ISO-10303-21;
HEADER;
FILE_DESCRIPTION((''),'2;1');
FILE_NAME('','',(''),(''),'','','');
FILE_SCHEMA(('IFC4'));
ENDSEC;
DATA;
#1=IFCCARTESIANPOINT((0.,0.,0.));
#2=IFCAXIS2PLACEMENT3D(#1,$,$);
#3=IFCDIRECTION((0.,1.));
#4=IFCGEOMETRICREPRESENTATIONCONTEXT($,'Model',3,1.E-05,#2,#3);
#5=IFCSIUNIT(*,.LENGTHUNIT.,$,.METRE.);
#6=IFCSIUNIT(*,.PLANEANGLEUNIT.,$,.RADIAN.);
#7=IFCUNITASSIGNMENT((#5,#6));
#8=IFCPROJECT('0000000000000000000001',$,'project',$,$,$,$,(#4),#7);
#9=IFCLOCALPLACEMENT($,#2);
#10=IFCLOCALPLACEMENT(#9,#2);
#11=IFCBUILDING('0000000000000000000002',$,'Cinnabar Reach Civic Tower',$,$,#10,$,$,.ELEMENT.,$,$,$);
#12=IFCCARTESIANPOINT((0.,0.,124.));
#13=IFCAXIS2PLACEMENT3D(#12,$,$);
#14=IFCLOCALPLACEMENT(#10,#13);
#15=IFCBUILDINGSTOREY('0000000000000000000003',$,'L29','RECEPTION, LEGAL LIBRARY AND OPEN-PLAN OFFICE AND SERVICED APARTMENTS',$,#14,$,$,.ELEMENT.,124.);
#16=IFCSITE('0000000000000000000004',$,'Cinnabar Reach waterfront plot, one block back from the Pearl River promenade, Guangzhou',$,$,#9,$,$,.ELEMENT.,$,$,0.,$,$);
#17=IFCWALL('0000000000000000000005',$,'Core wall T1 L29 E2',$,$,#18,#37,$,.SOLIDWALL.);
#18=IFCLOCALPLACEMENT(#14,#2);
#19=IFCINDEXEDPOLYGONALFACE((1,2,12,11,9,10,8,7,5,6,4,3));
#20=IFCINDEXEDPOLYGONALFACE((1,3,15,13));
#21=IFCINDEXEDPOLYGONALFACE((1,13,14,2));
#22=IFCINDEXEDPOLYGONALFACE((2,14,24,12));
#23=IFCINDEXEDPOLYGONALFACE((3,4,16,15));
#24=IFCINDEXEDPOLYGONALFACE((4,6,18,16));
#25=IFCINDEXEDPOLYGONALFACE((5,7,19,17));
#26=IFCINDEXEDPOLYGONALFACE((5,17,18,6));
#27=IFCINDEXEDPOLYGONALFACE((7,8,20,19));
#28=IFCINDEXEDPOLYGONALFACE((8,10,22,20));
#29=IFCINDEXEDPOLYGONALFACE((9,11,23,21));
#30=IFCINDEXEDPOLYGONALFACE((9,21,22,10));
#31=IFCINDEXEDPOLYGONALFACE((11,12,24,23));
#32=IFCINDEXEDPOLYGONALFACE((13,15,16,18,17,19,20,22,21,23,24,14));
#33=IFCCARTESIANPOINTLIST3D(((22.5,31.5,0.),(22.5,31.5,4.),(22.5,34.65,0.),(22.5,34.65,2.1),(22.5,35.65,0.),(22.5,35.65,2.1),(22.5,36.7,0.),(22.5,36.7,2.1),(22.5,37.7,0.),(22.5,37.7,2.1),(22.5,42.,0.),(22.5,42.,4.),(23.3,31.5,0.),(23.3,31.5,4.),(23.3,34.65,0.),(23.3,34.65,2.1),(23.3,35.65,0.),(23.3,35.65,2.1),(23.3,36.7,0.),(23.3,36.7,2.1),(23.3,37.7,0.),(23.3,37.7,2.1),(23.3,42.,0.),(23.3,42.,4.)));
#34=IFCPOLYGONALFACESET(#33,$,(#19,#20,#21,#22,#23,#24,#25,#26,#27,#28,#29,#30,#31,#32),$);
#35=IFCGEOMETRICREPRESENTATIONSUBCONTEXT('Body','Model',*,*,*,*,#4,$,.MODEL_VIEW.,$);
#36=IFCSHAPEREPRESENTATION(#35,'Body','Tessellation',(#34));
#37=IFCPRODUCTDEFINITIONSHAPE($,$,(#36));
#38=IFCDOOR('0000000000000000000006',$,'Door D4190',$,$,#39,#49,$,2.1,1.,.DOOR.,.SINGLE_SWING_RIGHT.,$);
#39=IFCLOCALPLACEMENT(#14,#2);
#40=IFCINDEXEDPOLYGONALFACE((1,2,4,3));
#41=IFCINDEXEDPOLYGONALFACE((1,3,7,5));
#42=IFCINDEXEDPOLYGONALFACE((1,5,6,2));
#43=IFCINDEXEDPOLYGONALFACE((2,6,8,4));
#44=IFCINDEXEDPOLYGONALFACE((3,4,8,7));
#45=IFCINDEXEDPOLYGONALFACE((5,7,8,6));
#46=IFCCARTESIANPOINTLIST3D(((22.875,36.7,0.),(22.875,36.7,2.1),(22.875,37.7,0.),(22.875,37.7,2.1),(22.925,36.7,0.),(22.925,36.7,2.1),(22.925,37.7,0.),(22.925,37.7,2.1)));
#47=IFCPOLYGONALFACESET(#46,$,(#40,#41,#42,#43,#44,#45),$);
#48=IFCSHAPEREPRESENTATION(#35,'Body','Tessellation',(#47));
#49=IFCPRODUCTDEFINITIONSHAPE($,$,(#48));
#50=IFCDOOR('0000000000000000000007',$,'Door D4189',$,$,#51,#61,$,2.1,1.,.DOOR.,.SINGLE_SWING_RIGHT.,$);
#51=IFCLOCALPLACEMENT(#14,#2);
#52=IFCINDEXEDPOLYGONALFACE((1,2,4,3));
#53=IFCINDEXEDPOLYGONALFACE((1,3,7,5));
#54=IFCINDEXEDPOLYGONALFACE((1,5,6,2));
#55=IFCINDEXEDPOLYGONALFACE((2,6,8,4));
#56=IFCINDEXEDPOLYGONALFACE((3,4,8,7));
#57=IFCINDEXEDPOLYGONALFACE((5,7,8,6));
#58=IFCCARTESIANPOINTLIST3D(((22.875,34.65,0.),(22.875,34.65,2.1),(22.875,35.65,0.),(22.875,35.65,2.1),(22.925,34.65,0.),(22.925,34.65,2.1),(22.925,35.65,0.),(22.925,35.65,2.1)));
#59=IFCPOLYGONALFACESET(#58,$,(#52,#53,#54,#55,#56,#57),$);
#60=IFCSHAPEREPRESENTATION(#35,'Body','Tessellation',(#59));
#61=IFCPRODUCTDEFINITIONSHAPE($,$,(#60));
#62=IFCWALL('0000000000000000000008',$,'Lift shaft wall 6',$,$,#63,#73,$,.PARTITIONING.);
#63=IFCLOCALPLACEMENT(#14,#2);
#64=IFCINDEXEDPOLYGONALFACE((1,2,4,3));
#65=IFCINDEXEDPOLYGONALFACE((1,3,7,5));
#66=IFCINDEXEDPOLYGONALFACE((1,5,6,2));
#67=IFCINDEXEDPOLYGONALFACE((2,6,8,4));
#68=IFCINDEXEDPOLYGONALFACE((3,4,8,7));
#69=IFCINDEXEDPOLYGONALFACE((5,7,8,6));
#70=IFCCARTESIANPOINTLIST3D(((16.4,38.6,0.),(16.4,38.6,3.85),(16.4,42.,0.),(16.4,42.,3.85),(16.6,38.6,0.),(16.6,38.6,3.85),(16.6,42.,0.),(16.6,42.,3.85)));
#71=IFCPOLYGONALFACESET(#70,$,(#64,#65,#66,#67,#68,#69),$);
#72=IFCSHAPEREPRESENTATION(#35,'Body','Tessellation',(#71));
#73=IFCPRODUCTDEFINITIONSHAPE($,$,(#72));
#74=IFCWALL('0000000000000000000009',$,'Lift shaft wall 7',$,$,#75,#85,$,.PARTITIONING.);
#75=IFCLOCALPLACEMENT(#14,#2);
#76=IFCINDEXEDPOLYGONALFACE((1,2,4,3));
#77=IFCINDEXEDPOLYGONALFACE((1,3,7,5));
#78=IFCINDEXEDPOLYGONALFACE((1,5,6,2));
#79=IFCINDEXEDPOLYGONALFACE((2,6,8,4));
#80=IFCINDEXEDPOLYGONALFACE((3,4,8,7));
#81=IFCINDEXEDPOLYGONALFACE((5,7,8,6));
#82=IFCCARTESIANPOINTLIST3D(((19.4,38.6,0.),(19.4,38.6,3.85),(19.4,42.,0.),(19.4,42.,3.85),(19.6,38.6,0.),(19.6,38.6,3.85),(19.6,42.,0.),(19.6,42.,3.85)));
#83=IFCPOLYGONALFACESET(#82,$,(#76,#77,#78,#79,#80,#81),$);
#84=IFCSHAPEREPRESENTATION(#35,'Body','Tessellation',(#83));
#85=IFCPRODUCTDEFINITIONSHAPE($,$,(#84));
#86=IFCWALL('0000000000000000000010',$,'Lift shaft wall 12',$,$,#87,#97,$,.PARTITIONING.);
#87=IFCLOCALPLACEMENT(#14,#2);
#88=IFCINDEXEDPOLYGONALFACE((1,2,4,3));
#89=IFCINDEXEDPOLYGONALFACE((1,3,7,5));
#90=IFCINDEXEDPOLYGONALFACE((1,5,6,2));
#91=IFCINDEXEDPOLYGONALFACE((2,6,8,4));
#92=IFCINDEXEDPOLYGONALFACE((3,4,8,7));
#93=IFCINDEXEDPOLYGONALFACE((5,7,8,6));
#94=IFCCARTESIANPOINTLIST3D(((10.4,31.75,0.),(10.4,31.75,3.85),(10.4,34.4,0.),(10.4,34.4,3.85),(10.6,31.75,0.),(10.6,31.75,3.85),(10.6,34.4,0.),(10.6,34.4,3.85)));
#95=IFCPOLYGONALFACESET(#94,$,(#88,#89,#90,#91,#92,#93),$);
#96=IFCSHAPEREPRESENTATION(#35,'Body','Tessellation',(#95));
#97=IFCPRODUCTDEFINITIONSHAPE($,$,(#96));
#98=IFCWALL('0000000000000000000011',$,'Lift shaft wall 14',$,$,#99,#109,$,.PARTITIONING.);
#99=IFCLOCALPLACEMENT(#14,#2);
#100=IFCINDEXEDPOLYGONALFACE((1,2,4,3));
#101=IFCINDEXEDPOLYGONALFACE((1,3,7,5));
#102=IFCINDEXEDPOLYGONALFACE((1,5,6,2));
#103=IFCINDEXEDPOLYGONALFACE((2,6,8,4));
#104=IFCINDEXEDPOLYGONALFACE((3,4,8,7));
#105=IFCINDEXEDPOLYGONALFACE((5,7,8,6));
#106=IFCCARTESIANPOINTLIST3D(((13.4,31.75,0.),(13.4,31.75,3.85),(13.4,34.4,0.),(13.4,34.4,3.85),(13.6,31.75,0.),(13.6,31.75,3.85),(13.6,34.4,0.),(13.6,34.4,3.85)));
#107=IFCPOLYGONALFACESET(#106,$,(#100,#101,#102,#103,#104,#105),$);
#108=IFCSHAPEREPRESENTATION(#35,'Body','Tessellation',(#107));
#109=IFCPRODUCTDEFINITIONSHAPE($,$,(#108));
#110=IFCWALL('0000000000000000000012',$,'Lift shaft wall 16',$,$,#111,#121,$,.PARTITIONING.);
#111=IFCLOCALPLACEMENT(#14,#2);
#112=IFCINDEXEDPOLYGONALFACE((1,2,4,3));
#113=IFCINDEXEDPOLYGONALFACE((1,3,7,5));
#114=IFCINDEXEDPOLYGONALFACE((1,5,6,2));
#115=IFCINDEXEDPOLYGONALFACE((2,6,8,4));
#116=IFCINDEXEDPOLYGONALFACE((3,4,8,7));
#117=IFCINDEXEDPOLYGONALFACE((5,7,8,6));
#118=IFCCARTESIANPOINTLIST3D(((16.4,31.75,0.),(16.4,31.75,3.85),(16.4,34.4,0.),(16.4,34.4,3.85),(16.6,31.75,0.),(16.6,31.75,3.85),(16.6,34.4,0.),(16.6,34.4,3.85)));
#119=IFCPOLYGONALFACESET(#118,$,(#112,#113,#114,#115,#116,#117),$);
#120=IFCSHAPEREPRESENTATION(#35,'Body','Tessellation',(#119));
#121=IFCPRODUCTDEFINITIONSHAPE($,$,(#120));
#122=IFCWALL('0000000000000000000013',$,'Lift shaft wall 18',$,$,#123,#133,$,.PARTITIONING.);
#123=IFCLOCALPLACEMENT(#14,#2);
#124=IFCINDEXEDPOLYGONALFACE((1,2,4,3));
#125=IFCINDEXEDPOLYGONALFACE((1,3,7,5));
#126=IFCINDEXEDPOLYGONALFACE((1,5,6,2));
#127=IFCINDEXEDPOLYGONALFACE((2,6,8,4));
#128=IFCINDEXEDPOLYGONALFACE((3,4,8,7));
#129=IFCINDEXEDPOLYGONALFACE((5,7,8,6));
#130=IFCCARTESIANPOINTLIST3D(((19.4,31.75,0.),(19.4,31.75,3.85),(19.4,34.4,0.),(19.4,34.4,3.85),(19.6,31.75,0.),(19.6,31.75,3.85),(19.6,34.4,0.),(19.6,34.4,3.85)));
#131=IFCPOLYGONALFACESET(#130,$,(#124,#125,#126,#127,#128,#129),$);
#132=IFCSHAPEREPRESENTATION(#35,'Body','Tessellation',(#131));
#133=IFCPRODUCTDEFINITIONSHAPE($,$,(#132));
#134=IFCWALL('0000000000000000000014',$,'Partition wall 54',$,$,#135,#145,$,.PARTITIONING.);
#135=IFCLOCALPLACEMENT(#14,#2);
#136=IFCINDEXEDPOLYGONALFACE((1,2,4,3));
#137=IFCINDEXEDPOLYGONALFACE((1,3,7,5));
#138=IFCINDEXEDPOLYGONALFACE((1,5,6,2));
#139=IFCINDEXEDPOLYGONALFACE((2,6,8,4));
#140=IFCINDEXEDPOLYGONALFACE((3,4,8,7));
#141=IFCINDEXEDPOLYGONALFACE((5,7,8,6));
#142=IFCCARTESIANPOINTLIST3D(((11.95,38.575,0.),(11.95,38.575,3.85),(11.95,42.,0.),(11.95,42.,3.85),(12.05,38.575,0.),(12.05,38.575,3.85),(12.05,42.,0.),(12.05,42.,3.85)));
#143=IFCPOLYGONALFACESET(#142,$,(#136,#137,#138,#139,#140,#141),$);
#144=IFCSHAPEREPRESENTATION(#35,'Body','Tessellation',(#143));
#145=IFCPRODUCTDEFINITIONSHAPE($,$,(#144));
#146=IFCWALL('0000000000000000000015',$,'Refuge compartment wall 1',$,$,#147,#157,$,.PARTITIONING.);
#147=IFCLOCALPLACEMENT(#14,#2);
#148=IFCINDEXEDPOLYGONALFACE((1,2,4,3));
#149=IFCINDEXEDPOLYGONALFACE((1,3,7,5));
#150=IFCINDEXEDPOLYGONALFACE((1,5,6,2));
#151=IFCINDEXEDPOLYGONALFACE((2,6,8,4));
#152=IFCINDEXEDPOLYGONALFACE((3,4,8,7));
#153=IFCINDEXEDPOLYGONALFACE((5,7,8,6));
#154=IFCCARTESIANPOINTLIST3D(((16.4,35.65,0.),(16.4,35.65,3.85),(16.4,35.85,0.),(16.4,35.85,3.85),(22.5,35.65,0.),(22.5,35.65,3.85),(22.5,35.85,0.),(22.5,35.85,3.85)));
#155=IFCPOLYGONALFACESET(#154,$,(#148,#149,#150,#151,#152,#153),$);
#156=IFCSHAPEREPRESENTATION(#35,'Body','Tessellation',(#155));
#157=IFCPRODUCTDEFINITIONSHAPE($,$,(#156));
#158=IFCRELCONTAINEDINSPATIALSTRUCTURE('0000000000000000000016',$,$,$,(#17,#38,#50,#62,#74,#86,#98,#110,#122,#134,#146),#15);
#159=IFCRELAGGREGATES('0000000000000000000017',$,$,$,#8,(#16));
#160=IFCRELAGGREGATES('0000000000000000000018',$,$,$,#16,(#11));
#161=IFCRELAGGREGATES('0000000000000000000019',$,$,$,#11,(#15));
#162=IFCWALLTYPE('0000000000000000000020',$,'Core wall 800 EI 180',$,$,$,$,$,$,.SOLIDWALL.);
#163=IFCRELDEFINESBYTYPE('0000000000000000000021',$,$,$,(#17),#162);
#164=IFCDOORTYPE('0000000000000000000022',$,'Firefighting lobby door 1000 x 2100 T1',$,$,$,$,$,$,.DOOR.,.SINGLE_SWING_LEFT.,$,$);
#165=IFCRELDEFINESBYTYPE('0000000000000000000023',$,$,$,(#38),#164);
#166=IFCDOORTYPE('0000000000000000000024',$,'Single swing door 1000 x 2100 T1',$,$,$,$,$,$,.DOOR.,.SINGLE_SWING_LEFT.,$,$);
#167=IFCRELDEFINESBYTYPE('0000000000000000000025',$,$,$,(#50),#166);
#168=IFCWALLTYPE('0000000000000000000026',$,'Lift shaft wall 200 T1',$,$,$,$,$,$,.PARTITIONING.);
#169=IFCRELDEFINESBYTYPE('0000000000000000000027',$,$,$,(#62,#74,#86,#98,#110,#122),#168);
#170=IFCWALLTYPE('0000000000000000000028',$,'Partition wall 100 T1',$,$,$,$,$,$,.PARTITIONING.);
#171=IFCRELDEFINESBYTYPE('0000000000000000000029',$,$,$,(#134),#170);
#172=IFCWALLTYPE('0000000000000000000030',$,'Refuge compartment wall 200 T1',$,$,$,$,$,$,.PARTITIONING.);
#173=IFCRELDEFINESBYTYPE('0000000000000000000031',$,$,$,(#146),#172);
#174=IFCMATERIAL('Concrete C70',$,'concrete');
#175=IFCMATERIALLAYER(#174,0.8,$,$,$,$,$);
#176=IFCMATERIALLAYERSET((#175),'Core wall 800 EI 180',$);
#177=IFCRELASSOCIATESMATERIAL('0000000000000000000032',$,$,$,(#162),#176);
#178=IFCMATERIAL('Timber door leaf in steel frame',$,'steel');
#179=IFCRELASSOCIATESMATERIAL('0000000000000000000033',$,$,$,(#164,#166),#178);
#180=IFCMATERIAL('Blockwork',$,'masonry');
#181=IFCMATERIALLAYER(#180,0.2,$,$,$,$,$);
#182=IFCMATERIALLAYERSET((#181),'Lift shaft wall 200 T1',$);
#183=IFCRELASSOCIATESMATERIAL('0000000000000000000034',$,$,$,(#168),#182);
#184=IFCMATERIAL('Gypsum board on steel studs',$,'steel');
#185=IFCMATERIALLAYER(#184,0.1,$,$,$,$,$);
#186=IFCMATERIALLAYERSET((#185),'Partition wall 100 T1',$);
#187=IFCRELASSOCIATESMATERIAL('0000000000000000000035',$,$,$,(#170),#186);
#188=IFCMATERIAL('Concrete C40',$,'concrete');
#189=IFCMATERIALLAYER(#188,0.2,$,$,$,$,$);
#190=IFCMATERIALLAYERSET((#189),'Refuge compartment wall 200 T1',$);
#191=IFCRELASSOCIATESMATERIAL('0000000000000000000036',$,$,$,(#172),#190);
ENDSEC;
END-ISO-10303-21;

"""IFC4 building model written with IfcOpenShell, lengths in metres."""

from ifc_helpers import new_model, si_unit, direction, frame, frame_2d, origin, place, context, subcontext, project, spatial, rectangle, extrude, material, layer, layer_set, type_object, element, fill, save


model = new_model("IFC4")

# Units and contexts
model_context = context("Model", 3, precision=1e-05, world=origin(), true_north=direction((0.0, 1.0)))
body_context = subcontext(model_context, "Body", "Model", "MODEL_VIEW")
ifc_project = project(units=[si_unit("LENGTHUNIT", "METRE"), si_unit("PLANEANGLEUNIT", "RADIAN")], contexts=[model_context])

# Site, building, storey
site_placement = place(None, origin())
site = spatial("IfcSite", under=ifc_project, at=site_placement, Name="Cinnabar Reach waterfront plot, one block back from the Pearl River promenade, Guangzhou", CompositionType="ELEMENT", RefElevation=0.0)
building_placement = place(site_placement, origin())
building = spatial("IfcBuilding", under=site, at=building_placement, Name="Cinnabar Reach Civic Tower", CompositionType="ELEMENT")
storey_placement = place(building_placement, frame((0.0, 0.0, 124.0)))
storey = spatial("IfcBuildingStorey", under=building, at=storey_placement, Name="L29", Description="RECEPTION, LEGAL LIBRARY AND OPEN-PLAN OFFICE AND SERVICED APARTMENTS", CompositionType="ELEMENT", Elevation=124.0)

# Wall, openings, doors
ifc_material_1 = material(Name="Concrete C70", Category="concrete")
ifc_layer_1 = layer(ifc_material_1, 0.8)
ifc_layer_set_1 = layer_set([ifc_layer_1], Name="Core wall 800 EI 180")
wall_type_1 = type_object("IfcWallType", Name="Core wall 800 EI 180", PredefinedType="SOLIDWALL", material=ifc_layer_set_1)
wall_1_placement = place(storey_placement, frame((22.9, 31.5, 0.0), z_axis=(0.0, 0.0, 1.0), x_axis=(0.0, 1.0, 0.0)))
wall_1 = element("IfcWall", 1, at=wall_1_placement, inside=storey, type_object=wall_type_1, Name="Core wall T1 L29 E2", PredefinedType="SOLIDWALL", context=body_context, shape_type="SweptSolid", body=[
    extrude(rectangle(XDim=10.5, YDim=0.8, at=frame_2d((5.25, 0.0))), origin(), (0.0, 0.0, 1.0), 4.0),
])
opening_1_placement = place(wall_1_placement, frame((3.15, 0.0, 0.0)))
opening_1 = element("IfcOpeningElement", 2, at=opening_1_placement, cuts=wall_1, PredefinedType="OPENING", context=body_context, shape_type="SweptSolid", body=[
    extrude(rectangle(XDim=1.0, YDim=2.1, at=frame_2d((0.5, 1.05))), frame((0.0, 0.41, 0.0), z_axis=(0.0, -1.0, 0.0), x_axis=(1.0, 0.0, 0.0)), (0.0, 0.0, 1.0), 0.82),
])
opening_2_placement = place(wall_1_placement, frame((5.2, 0.0, 0.0)))
opening_2 = element("IfcOpeningElement", 3, at=opening_2_placement, cuts=wall_1, PredefinedType="OPENING", context=body_context, shape_type="SweptSolid", body=[
    extrude(rectangle(XDim=1.0, YDim=2.1, at=frame_2d((0.5, 1.05))), frame((0.0, 0.41, 0.0), z_axis=(0.0, -1.0, 0.0), x_axis=(1.0, 0.0, 0.0)), (0.0, 0.0, 1.0), 0.82),
])
ifc_material_2 = material(Name="Timber door leaf in steel frame", Category="steel")
door_type_1 = type_object("IfcDoorType", Name="Firefighting lobby door 1000 x 2100 T1", OperationType="SINGLE_SWING_LEFT", PredefinedType="DOOR", material=ifc_material_2)
door_1_placement = place(opening_2_placement, origin())
door_1 = element("IfcDoor", 4, at=door_1_placement, inside=storey, type_object=door_type_1, Name="Door D4190", OperationType="SINGLE_SWING_RIGHT", OverallHeight=2.1, OverallWidth=1.0, PredefinedType="DOOR", context=body_context, shape_type="SweptSolid", body=[
    extrude(rectangle(XDim=1.0, YDim=2.1, at=frame_2d((0.5, 1.05))), frame((0.0, 0.025, 0.0), z_axis=(0.0, -1.0, 0.0), x_axis=(1.0, 0.0, 0.0)), (0.0, 0.0, 1.0), 0.05),
])
fill(opening_2, door_1)
door_type_2 = type_object("IfcDoorType", Name="Single swing door 1000 x 2100 T1", OperationType="SINGLE_SWING_LEFT", PredefinedType="DOOR", material=ifc_material_2)
door_2_placement = place(opening_1_placement, origin())
door_2 = element("IfcDoor", 5, at=door_2_placement, inside=storey, type_object=door_type_2, Name="Door D4189", OperationType="SINGLE_SWING_RIGHT", OverallHeight=2.1, OverallWidth=1.0, PredefinedType="DOOR", context=body_context, shape_type="SweptSolid", body=[
    extrude(rectangle(XDim=1.0, YDim=2.1, at=frame_2d((0.5, 1.05))), frame((0.0, 0.025, 0.0), z_axis=(0.0, -1.0, 0.0), x_axis=(1.0, 0.0, 0.0)), (0.0, 0.0, 1.0), 0.05),
])
fill(opening_1, door_2)

# Walls
ifc_material_3 = material(Name="Blockwork", Category="masonry")
ifc_layer_2 = layer(ifc_material_3, 0.2)
ifc_layer_set_2 = layer_set([ifc_layer_2], Name="Lift shaft wall 200 T1")
wall_type_2 = type_object("IfcWallType", Name="Lift shaft wall 200 T1", PredefinedType="PARTITIONING", material=ifc_layer_set_2)
for number, where, z_axis, x_axis, name in (
    (6, (16.5, 38.6, 0.0), (0.0, 0.0, 1.0), (0.0, 1.0, 0.0), "Lift shaft wall 6"),
    (7, (19.5, 38.6, 0.0), (0.0, 0.0, 1.0), (0.0, 1.0, 0.0), "Lift shaft wall 7"),
):
    element("IfcWall", number, at=place(storey_placement, frame(where, z_axis=z_axis, x_axis=x_axis)), inside=storey, type_object=wall_type_2, Name=name, PredefinedType="PARTITIONING", context=body_context, shape_type="SweptSolid", body=[
        extrude(rectangle(XDim=3.4, YDim=0.2, at=frame_2d((1.7, 0.0))), origin(), (0.0, 0.0, 1.0), 3.85),
    ])
for number, where, z_axis, x_axis, name in (
    (8, (10.5, 31.75, 0.0), (0.0, 0.0, 1.0), (0.0, 1.0, 0.0), "Lift shaft wall 12"),
    (9, (13.5, 31.75, 0.0), (0.0, 0.0, 1.0), (0.0, 1.0, 0.0), "Lift shaft wall 14"),
    (10, (16.5, 31.75, 0.0), (0.0, 0.0, 1.0), (0.0, 1.0, 0.0), "Lift shaft wall 16"),
    (11, (19.5, 31.75, 0.0), (0.0, 0.0, 1.0), (0.0, 1.0, 0.0), "Lift shaft wall 18"),
):
    element("IfcWall", number, at=place(storey_placement, frame(where, z_axis=z_axis, x_axis=x_axis)), inside=storey, type_object=wall_type_2, Name=name, PredefinedType="PARTITIONING", context=body_context, shape_type="SweptSolid", body=[
        extrude(rectangle(XDim=2.65, YDim=0.2, at=frame_2d((1.325, 0.0))), origin(), (0.0, 0.0, 1.0), 3.85),
    ])
ifc_material_4 = material(Name="Gypsum board on steel studs", Category="steel")
ifc_layer_3 = layer(ifc_material_4, 0.1)
ifc_layer_set_3 = layer_set([ifc_layer_3], Name="Partition wall 100 T1")
wall_type_3 = type_object("IfcWallType", Name="Partition wall 100 T1", PredefinedType="PARTITIONING", material=ifc_layer_set_3)
wall_2_placement = place(storey_placement, frame((12.0, 38.575, 0.0), z_axis=(0.0, 0.0, 1.0), x_axis=(0.0, 1.0, 0.0)))
element("IfcWall", 12, at=wall_2_placement, inside=storey, type_object=wall_type_3, Name="Partition wall 54", PredefinedType="PARTITIONING", context=body_context, shape_type="SweptSolid", body=[
    extrude(rectangle(XDim=3.425, YDim=0.1, at=frame_2d((1.7125, 0.0))), origin(), (0.0, 0.0, 1.0), 3.85),
])
ifc_material_5 = material(Name="Concrete C40", Category="concrete")
ifc_layer_4 = layer(ifc_material_5, 0.2)
ifc_layer_set_4 = layer_set([ifc_layer_4], Name="Refuge compartment wall 200 T1")
wall_type_4 = type_object("IfcWallType", Name="Refuge compartment wall 200 T1", PredefinedType="PARTITIONING", material=ifc_layer_set_4)
wall_3_placement = place(storey_placement, frame((16.4, 35.75, 0.0), z_axis=(0.0, 0.0, 1.0), x_axis=(1.0, 0.0, 0.0)))
element("IfcWall", 13, at=wall_3_placement, inside=storey, type_object=wall_type_4, Name="Refuge compartment wall 1", PredefinedType="PARTITIONING", context=body_context, shape_type="SweptSolid", body=[
    extrude(rectangle(XDim=6.1, YDim=0.2, at=frame_2d((3.05, 0.0))), origin(), (0.0, 0.0, 1.0), 3.85),
])

save(model, "model.ifc")
